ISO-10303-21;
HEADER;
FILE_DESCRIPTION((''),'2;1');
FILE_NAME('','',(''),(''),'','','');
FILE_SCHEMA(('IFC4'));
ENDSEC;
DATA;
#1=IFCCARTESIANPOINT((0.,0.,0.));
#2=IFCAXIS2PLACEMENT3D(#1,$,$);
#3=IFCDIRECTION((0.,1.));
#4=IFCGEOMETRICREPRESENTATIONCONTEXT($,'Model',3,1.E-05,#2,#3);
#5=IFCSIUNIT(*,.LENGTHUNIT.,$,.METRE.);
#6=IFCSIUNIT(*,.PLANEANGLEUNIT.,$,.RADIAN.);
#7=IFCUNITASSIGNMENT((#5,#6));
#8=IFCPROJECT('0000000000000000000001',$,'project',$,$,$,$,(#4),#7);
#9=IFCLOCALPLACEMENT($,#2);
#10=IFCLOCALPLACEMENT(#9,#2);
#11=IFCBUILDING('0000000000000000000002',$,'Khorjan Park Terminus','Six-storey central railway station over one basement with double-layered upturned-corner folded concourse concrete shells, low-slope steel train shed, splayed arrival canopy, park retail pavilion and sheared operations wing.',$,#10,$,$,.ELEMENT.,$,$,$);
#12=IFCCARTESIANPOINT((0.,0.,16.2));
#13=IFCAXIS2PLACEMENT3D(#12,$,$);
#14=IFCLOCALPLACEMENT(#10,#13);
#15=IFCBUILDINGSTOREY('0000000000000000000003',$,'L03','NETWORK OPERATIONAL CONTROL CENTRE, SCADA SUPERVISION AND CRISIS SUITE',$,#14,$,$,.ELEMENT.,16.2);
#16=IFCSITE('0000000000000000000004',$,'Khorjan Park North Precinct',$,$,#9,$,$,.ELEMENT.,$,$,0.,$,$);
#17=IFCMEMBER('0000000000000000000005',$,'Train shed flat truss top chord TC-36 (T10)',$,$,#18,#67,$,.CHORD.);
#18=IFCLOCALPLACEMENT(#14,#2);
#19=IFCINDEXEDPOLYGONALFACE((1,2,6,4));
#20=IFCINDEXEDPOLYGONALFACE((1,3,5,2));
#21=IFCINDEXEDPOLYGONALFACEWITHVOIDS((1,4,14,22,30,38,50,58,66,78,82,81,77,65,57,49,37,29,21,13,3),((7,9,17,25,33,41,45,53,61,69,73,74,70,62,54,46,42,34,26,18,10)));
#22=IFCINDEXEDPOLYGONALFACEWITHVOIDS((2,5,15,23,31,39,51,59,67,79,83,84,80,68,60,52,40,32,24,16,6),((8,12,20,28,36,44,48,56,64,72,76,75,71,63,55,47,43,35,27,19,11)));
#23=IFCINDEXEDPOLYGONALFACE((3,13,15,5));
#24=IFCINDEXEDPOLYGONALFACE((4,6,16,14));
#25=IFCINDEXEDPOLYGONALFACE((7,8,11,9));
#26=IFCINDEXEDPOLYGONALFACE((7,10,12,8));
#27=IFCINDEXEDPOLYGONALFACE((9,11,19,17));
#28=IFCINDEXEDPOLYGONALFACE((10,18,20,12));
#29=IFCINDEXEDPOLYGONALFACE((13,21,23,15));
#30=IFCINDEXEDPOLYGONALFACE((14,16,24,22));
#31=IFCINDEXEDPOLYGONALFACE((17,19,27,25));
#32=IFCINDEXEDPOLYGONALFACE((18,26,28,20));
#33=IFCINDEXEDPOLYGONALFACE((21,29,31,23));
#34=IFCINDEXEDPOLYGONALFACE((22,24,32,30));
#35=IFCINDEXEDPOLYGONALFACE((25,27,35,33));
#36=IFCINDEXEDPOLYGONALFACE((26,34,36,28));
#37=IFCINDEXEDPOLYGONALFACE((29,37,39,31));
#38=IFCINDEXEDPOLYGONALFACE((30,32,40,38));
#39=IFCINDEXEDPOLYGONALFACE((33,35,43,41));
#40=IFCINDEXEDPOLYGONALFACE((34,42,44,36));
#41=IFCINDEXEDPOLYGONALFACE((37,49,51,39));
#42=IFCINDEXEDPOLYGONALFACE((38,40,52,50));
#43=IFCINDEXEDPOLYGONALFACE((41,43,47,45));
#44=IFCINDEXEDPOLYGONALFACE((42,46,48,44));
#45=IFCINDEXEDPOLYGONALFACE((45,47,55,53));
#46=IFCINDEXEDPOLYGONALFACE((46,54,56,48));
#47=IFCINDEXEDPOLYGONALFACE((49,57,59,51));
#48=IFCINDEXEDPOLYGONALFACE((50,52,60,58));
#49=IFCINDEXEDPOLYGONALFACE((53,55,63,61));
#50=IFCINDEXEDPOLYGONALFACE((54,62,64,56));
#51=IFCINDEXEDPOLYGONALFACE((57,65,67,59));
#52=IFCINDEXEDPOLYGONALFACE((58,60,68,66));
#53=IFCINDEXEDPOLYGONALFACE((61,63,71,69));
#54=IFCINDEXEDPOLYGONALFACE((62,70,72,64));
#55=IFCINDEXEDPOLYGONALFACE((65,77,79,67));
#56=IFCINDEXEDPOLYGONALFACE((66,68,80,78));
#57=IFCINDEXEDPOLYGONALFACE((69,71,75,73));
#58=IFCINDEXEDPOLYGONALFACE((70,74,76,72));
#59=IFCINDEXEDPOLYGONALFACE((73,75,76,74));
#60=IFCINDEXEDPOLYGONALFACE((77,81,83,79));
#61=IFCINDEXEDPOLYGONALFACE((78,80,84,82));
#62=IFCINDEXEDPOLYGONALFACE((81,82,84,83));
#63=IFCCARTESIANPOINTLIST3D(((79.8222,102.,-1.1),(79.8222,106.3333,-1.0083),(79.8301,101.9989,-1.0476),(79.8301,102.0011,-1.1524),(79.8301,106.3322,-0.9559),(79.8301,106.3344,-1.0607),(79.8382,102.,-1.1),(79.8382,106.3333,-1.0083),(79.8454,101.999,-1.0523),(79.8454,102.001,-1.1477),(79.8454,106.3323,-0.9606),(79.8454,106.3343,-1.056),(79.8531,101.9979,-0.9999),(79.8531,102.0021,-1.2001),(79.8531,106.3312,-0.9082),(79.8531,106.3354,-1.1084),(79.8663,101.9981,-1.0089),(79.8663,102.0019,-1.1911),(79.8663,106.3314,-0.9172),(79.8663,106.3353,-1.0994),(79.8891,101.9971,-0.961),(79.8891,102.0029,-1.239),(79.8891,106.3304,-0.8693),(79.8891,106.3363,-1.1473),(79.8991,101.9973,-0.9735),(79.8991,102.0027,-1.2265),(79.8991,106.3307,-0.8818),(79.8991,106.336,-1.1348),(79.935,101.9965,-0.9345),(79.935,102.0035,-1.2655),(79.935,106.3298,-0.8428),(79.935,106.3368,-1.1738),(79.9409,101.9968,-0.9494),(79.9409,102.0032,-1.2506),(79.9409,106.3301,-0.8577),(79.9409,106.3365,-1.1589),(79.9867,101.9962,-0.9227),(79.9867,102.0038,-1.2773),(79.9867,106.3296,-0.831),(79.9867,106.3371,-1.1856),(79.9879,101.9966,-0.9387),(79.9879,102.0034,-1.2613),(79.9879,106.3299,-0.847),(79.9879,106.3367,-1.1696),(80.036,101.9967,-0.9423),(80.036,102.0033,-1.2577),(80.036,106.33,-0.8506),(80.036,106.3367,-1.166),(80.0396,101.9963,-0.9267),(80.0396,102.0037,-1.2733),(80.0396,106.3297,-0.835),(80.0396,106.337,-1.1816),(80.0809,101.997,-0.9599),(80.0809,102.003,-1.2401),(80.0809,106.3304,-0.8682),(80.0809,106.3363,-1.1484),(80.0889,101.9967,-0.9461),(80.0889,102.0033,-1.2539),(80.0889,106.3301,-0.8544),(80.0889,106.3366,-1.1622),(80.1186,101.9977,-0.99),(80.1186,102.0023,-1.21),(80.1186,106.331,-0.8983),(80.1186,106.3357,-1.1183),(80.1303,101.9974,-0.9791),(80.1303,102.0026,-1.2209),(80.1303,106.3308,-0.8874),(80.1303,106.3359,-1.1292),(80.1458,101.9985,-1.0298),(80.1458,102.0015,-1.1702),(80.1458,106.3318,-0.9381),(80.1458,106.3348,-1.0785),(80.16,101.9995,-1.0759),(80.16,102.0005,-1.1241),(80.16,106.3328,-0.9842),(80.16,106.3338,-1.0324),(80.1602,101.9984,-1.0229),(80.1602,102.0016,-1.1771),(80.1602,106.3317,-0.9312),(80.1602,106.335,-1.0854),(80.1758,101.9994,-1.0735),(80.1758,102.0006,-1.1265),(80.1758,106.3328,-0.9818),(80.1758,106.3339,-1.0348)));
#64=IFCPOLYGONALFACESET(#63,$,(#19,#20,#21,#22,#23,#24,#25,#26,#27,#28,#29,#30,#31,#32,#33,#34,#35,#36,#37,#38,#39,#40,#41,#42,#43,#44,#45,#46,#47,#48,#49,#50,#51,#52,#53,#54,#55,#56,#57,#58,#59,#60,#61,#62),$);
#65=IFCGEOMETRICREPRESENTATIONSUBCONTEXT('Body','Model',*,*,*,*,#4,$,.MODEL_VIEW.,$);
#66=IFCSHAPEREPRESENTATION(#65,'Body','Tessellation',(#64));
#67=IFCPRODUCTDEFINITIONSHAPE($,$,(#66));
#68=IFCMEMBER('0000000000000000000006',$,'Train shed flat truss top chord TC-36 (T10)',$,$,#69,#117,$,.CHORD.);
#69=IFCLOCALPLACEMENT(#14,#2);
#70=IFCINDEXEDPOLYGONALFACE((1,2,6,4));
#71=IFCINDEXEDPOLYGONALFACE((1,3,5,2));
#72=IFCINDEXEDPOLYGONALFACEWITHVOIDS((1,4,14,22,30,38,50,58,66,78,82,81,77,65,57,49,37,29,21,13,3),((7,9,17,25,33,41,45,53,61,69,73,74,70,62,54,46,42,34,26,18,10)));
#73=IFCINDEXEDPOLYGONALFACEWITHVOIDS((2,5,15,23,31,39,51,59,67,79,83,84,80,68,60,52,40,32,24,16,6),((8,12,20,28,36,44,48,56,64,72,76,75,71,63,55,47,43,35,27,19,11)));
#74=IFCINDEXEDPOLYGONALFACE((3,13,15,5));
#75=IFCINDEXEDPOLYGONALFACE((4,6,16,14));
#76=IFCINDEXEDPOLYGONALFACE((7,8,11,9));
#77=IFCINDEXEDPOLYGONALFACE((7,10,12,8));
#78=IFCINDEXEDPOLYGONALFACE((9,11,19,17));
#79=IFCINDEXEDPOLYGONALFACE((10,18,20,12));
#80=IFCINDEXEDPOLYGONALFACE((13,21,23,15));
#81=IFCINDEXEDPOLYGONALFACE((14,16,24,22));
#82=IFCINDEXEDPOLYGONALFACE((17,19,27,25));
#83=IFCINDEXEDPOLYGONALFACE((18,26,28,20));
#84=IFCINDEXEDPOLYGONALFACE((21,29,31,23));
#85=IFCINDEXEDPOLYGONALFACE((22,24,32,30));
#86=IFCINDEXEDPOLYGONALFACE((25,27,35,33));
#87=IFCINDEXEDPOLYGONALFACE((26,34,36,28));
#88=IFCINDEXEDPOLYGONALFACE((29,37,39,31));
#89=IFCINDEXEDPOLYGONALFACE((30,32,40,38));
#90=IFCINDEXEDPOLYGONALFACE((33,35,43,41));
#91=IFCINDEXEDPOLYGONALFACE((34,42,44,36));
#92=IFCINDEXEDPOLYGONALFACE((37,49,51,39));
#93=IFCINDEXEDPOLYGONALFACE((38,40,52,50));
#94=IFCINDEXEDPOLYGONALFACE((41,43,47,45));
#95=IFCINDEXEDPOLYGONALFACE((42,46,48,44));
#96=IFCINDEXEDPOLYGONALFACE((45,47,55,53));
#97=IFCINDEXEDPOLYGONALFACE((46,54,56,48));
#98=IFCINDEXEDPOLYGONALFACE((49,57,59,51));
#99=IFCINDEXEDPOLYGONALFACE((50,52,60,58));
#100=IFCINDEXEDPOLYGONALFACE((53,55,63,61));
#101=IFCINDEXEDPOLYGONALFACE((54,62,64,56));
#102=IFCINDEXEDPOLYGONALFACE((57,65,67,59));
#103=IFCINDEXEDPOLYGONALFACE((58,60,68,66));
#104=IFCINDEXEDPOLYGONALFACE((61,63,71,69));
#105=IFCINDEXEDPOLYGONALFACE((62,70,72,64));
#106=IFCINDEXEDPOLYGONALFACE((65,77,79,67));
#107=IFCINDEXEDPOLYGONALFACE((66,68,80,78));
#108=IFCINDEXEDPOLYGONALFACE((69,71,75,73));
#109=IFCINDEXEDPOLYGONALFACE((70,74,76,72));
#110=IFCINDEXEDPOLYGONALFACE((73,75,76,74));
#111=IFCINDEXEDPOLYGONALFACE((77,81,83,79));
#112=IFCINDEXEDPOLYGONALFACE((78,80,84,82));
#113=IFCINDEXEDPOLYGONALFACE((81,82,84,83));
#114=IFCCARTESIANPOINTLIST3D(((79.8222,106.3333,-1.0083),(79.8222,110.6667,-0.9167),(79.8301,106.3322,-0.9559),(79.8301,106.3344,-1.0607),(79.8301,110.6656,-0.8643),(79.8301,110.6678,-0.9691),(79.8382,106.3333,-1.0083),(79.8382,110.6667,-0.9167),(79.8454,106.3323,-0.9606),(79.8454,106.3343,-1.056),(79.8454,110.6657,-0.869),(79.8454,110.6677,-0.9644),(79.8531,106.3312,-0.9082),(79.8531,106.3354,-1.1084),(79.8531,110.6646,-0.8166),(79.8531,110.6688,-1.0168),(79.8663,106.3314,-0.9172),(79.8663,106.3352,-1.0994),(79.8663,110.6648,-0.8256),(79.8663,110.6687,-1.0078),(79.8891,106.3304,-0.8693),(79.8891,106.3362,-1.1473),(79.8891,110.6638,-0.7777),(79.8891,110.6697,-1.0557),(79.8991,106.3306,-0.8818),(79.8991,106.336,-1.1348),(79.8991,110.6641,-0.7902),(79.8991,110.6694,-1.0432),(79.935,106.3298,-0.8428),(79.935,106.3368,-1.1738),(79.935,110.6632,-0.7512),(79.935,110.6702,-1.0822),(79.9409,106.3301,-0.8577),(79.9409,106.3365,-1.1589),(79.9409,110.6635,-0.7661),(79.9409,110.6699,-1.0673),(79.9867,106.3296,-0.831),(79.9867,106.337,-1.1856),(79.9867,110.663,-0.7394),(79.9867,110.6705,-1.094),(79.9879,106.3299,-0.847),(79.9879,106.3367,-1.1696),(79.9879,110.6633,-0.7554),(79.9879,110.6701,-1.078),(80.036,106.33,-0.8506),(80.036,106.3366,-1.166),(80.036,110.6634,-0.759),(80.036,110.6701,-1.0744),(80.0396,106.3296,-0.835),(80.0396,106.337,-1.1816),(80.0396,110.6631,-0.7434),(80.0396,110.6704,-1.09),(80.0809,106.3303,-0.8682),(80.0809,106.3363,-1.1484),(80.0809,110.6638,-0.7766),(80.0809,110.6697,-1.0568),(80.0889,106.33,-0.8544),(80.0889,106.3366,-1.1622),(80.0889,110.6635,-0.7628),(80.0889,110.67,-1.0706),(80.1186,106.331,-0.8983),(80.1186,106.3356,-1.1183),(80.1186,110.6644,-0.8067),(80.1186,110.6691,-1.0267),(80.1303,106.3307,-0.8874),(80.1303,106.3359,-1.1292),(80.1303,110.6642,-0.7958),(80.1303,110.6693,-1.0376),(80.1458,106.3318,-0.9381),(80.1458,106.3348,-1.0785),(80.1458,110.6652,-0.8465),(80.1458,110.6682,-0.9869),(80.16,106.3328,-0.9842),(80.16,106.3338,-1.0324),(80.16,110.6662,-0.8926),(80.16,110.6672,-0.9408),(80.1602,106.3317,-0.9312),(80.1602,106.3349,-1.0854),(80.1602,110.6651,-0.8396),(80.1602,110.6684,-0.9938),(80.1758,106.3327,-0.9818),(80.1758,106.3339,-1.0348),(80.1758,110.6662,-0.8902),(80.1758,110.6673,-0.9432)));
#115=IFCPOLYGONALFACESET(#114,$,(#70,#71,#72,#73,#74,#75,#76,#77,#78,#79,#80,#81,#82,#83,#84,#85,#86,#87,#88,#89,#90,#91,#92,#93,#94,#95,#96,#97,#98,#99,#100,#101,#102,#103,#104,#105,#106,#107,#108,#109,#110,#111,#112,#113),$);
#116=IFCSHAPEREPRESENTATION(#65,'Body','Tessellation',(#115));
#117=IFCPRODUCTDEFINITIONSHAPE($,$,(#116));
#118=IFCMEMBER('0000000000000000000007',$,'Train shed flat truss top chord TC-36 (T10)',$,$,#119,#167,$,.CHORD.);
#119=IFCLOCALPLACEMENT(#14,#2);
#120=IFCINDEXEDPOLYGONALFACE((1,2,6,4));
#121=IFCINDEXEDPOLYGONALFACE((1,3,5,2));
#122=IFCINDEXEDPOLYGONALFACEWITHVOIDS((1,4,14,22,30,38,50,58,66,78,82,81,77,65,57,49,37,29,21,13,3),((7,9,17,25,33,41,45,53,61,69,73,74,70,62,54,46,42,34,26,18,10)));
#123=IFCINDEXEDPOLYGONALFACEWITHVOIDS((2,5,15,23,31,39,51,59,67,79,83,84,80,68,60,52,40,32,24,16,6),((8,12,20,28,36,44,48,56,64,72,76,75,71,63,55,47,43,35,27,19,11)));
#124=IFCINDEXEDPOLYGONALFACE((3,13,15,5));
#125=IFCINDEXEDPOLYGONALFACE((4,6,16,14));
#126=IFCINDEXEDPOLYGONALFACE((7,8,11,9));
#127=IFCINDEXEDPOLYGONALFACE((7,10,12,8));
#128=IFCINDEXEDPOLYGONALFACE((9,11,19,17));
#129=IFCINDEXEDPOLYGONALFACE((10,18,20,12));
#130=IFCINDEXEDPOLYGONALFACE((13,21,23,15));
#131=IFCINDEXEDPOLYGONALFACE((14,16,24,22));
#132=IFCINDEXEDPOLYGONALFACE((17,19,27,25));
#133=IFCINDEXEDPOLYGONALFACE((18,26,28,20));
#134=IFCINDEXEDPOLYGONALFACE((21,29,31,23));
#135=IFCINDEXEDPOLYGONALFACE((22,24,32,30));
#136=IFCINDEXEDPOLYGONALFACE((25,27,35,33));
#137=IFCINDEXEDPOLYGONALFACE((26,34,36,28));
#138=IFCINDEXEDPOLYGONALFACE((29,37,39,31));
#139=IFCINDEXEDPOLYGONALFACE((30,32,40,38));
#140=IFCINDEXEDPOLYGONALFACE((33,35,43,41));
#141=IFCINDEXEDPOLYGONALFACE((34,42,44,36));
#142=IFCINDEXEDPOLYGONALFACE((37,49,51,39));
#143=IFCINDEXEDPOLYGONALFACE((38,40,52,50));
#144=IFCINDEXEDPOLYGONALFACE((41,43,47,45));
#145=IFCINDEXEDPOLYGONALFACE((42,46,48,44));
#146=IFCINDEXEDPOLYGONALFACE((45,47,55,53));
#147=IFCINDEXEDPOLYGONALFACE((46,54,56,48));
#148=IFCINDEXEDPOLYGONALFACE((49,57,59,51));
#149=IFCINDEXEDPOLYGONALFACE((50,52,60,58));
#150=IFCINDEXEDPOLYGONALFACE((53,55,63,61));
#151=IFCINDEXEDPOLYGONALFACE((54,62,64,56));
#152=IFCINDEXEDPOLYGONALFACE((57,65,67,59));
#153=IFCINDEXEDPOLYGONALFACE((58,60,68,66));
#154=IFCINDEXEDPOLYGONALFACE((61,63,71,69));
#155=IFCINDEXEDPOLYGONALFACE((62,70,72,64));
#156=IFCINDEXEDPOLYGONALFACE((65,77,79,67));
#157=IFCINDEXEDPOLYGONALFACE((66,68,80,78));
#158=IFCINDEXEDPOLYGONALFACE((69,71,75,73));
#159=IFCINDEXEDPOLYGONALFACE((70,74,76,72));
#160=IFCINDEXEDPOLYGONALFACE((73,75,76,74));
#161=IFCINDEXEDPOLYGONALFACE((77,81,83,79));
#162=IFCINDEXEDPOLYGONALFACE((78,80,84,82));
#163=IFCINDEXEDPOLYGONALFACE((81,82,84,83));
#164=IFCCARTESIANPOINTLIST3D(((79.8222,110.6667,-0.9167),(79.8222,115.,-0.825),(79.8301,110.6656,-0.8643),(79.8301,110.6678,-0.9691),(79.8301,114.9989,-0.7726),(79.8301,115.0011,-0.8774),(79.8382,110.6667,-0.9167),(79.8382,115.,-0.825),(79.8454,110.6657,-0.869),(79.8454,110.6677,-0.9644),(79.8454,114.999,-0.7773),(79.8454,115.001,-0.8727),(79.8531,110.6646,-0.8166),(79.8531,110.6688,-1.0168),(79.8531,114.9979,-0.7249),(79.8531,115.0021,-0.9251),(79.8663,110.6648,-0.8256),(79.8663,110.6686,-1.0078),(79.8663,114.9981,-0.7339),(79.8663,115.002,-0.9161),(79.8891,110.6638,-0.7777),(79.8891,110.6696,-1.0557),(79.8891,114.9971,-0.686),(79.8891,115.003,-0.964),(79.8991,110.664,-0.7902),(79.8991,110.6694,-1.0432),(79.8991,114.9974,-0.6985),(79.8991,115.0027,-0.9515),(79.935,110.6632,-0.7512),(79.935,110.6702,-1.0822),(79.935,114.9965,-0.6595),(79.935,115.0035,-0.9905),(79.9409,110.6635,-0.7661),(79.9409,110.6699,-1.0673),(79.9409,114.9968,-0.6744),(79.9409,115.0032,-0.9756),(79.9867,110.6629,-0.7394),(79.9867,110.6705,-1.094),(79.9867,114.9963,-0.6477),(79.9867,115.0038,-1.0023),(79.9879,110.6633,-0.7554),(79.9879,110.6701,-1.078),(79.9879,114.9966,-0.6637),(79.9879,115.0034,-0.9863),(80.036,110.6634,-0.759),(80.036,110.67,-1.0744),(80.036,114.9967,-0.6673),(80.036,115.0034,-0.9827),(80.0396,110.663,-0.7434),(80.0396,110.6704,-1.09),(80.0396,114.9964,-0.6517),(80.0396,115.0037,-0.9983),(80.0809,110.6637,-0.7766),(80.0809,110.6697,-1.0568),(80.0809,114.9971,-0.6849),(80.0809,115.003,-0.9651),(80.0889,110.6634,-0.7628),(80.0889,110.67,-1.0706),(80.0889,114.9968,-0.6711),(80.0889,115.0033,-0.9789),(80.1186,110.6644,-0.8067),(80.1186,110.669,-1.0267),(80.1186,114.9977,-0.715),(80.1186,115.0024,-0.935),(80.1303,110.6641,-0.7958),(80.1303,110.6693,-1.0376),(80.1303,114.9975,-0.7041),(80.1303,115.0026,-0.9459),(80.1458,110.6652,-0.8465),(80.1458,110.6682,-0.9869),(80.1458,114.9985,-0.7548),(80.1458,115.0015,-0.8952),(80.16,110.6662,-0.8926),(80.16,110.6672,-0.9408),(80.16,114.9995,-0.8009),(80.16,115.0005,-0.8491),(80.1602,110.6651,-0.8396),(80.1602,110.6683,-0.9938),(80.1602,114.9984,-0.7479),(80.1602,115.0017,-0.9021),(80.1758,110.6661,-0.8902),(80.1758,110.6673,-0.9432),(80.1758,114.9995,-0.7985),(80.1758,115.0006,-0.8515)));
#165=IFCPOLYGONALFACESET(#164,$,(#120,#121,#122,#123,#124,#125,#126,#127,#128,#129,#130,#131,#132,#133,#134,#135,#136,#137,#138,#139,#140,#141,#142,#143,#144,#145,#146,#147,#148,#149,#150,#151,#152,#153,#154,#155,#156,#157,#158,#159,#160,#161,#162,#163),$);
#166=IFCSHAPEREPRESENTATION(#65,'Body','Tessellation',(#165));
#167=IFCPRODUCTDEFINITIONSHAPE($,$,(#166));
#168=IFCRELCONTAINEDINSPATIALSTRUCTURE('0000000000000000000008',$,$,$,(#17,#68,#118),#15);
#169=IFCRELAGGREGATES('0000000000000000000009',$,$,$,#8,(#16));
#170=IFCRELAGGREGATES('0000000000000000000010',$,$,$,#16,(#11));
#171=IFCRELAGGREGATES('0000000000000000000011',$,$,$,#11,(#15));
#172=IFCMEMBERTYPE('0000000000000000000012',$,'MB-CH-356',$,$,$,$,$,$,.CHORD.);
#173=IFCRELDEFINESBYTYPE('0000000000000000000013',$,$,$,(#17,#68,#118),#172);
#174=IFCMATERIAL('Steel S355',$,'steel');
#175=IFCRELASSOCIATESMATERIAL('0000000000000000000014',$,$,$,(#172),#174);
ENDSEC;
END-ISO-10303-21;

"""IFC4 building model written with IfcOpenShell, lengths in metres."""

from ifc_helpers import new_model, si_unit, direction, frame, origin, origin_2d, place, context, subcontext, project, spatial, hollow_circle, extrude, material, material_profile, profile_set, type_object, element, save


model = new_model("IFC4")

# Units and contexts
model_context = context("Model", 3, precision=1e-05, world=origin(), true_north=direction((0.0, 1.0)))
body_context = subcontext(model_context, "Body", "Model", "MODEL_VIEW")
ifc_project = project(units=[si_unit("LENGTHUNIT", "METRE"), si_unit("PLANEANGLEUNIT", "RADIAN")], contexts=[model_context])

# Site, building, storey
site_placement = place(None, origin())
site = spatial("IfcSite", under=ifc_project, at=site_placement, Name="Khorjan Park North Precinct", CompositionType="ELEMENT", RefElevation=0.0)
building_placement = place(site_placement, origin())
building = spatial("IfcBuilding", under=site, at=building_placement, Name="Khorjan Park Terminus", Description="Six-storey central railway station over one basement with double-layered upturned-corner folded concourse concrete shells, low-slope steel train shed, splayed arrival canopy, park retail pavilion and sheared operations wing.", CompositionType="ELEMENT")
storey_placement = place(building_placement, frame((0.0, 0.0, 16.2)))
storey = spatial("IfcBuildingStorey", under=building, at=storey_placement, Name="L03", Description="NETWORK OPERATIONAL CONTROL CENTRE, SCADA SUPERVISION AND CRISIS SUITE", CompositionType="ELEMENT", Elevation=16.2)

# Members
ifc_material = material(Name="Steel S355", Category="steel")
ifc_material_profile_1 = material_profile(ifc_material, hollow_circle(Radius=0.1778, WallThickness=0.016, at=origin_2d()), Name="CHS 355.6x16")
ifc_profile_set_1 = profile_set([ifc_material_profile_1], Name="Steel S355")
member_type_1 = type_object("IfcMemberType", Name="MB-CH-356", PredefinedType="CHORD", material=ifc_profile_set_1)
member_1_placement = place(storey_placement, frame((80.0, 102.0, -1.1), z_axis=(0.0, 0.999776, 0.021157), x_axis=(-1.0, 0.0, 0.0)))
element("IfcMember", 1, at=member_1_placement, inside=storey, type_object=member_type_1, Name="Train shed flat truss top chord TC-36 (T10)", PredefinedType="CHORD", context=body_context, shape_type="SweptSolid", body=[
    extrude(hollow_circle(Radius=0.1778, WallThickness=0.016, at=origin_2d()), origin(), (0.0, 0.0, 1.0), 4.3343),
])
member_2_placement = place(storey_placement, frame((80.0, 106.3333, -1.0083), z_axis=(0.0, 0.999777, 0.021133), x_axis=(-1.0, 0.0, 0.0)))
element("IfcMember", 2, at=member_2_placement, inside=storey, type_object=member_type_1, Name="Train shed flat truss top chord TC-36 (T10)", PredefinedType="CHORD", context=body_context, shape_type="SweptSolid", body=[
    extrude(hollow_circle(Radius=0.1778, WallThickness=0.016, at=origin_2d()), origin(), (0.0, 0.0, 1.0), 4.3344),
])
member_3_placement = place(storey_placement, frame((80.0, 110.6667, -0.9167), z_axis=(0.0, 0.999776, 0.021157), x_axis=(-1.0, 0.0, 0.0)))
element("IfcMember", 3, at=member_3_placement, inside=storey, type_object=member_type_1, Name="Train shed flat truss top chord TC-36 (T10)", PredefinedType="CHORD", context=body_context, shape_type="SweptSolid", body=[
    extrude(hollow_circle(Radius=0.1778, WallThickness=0.016, at=origin_2d()), origin(), (0.0, 0.0, 1.0), 4.3343),
])

save(model, "model.ifc")
